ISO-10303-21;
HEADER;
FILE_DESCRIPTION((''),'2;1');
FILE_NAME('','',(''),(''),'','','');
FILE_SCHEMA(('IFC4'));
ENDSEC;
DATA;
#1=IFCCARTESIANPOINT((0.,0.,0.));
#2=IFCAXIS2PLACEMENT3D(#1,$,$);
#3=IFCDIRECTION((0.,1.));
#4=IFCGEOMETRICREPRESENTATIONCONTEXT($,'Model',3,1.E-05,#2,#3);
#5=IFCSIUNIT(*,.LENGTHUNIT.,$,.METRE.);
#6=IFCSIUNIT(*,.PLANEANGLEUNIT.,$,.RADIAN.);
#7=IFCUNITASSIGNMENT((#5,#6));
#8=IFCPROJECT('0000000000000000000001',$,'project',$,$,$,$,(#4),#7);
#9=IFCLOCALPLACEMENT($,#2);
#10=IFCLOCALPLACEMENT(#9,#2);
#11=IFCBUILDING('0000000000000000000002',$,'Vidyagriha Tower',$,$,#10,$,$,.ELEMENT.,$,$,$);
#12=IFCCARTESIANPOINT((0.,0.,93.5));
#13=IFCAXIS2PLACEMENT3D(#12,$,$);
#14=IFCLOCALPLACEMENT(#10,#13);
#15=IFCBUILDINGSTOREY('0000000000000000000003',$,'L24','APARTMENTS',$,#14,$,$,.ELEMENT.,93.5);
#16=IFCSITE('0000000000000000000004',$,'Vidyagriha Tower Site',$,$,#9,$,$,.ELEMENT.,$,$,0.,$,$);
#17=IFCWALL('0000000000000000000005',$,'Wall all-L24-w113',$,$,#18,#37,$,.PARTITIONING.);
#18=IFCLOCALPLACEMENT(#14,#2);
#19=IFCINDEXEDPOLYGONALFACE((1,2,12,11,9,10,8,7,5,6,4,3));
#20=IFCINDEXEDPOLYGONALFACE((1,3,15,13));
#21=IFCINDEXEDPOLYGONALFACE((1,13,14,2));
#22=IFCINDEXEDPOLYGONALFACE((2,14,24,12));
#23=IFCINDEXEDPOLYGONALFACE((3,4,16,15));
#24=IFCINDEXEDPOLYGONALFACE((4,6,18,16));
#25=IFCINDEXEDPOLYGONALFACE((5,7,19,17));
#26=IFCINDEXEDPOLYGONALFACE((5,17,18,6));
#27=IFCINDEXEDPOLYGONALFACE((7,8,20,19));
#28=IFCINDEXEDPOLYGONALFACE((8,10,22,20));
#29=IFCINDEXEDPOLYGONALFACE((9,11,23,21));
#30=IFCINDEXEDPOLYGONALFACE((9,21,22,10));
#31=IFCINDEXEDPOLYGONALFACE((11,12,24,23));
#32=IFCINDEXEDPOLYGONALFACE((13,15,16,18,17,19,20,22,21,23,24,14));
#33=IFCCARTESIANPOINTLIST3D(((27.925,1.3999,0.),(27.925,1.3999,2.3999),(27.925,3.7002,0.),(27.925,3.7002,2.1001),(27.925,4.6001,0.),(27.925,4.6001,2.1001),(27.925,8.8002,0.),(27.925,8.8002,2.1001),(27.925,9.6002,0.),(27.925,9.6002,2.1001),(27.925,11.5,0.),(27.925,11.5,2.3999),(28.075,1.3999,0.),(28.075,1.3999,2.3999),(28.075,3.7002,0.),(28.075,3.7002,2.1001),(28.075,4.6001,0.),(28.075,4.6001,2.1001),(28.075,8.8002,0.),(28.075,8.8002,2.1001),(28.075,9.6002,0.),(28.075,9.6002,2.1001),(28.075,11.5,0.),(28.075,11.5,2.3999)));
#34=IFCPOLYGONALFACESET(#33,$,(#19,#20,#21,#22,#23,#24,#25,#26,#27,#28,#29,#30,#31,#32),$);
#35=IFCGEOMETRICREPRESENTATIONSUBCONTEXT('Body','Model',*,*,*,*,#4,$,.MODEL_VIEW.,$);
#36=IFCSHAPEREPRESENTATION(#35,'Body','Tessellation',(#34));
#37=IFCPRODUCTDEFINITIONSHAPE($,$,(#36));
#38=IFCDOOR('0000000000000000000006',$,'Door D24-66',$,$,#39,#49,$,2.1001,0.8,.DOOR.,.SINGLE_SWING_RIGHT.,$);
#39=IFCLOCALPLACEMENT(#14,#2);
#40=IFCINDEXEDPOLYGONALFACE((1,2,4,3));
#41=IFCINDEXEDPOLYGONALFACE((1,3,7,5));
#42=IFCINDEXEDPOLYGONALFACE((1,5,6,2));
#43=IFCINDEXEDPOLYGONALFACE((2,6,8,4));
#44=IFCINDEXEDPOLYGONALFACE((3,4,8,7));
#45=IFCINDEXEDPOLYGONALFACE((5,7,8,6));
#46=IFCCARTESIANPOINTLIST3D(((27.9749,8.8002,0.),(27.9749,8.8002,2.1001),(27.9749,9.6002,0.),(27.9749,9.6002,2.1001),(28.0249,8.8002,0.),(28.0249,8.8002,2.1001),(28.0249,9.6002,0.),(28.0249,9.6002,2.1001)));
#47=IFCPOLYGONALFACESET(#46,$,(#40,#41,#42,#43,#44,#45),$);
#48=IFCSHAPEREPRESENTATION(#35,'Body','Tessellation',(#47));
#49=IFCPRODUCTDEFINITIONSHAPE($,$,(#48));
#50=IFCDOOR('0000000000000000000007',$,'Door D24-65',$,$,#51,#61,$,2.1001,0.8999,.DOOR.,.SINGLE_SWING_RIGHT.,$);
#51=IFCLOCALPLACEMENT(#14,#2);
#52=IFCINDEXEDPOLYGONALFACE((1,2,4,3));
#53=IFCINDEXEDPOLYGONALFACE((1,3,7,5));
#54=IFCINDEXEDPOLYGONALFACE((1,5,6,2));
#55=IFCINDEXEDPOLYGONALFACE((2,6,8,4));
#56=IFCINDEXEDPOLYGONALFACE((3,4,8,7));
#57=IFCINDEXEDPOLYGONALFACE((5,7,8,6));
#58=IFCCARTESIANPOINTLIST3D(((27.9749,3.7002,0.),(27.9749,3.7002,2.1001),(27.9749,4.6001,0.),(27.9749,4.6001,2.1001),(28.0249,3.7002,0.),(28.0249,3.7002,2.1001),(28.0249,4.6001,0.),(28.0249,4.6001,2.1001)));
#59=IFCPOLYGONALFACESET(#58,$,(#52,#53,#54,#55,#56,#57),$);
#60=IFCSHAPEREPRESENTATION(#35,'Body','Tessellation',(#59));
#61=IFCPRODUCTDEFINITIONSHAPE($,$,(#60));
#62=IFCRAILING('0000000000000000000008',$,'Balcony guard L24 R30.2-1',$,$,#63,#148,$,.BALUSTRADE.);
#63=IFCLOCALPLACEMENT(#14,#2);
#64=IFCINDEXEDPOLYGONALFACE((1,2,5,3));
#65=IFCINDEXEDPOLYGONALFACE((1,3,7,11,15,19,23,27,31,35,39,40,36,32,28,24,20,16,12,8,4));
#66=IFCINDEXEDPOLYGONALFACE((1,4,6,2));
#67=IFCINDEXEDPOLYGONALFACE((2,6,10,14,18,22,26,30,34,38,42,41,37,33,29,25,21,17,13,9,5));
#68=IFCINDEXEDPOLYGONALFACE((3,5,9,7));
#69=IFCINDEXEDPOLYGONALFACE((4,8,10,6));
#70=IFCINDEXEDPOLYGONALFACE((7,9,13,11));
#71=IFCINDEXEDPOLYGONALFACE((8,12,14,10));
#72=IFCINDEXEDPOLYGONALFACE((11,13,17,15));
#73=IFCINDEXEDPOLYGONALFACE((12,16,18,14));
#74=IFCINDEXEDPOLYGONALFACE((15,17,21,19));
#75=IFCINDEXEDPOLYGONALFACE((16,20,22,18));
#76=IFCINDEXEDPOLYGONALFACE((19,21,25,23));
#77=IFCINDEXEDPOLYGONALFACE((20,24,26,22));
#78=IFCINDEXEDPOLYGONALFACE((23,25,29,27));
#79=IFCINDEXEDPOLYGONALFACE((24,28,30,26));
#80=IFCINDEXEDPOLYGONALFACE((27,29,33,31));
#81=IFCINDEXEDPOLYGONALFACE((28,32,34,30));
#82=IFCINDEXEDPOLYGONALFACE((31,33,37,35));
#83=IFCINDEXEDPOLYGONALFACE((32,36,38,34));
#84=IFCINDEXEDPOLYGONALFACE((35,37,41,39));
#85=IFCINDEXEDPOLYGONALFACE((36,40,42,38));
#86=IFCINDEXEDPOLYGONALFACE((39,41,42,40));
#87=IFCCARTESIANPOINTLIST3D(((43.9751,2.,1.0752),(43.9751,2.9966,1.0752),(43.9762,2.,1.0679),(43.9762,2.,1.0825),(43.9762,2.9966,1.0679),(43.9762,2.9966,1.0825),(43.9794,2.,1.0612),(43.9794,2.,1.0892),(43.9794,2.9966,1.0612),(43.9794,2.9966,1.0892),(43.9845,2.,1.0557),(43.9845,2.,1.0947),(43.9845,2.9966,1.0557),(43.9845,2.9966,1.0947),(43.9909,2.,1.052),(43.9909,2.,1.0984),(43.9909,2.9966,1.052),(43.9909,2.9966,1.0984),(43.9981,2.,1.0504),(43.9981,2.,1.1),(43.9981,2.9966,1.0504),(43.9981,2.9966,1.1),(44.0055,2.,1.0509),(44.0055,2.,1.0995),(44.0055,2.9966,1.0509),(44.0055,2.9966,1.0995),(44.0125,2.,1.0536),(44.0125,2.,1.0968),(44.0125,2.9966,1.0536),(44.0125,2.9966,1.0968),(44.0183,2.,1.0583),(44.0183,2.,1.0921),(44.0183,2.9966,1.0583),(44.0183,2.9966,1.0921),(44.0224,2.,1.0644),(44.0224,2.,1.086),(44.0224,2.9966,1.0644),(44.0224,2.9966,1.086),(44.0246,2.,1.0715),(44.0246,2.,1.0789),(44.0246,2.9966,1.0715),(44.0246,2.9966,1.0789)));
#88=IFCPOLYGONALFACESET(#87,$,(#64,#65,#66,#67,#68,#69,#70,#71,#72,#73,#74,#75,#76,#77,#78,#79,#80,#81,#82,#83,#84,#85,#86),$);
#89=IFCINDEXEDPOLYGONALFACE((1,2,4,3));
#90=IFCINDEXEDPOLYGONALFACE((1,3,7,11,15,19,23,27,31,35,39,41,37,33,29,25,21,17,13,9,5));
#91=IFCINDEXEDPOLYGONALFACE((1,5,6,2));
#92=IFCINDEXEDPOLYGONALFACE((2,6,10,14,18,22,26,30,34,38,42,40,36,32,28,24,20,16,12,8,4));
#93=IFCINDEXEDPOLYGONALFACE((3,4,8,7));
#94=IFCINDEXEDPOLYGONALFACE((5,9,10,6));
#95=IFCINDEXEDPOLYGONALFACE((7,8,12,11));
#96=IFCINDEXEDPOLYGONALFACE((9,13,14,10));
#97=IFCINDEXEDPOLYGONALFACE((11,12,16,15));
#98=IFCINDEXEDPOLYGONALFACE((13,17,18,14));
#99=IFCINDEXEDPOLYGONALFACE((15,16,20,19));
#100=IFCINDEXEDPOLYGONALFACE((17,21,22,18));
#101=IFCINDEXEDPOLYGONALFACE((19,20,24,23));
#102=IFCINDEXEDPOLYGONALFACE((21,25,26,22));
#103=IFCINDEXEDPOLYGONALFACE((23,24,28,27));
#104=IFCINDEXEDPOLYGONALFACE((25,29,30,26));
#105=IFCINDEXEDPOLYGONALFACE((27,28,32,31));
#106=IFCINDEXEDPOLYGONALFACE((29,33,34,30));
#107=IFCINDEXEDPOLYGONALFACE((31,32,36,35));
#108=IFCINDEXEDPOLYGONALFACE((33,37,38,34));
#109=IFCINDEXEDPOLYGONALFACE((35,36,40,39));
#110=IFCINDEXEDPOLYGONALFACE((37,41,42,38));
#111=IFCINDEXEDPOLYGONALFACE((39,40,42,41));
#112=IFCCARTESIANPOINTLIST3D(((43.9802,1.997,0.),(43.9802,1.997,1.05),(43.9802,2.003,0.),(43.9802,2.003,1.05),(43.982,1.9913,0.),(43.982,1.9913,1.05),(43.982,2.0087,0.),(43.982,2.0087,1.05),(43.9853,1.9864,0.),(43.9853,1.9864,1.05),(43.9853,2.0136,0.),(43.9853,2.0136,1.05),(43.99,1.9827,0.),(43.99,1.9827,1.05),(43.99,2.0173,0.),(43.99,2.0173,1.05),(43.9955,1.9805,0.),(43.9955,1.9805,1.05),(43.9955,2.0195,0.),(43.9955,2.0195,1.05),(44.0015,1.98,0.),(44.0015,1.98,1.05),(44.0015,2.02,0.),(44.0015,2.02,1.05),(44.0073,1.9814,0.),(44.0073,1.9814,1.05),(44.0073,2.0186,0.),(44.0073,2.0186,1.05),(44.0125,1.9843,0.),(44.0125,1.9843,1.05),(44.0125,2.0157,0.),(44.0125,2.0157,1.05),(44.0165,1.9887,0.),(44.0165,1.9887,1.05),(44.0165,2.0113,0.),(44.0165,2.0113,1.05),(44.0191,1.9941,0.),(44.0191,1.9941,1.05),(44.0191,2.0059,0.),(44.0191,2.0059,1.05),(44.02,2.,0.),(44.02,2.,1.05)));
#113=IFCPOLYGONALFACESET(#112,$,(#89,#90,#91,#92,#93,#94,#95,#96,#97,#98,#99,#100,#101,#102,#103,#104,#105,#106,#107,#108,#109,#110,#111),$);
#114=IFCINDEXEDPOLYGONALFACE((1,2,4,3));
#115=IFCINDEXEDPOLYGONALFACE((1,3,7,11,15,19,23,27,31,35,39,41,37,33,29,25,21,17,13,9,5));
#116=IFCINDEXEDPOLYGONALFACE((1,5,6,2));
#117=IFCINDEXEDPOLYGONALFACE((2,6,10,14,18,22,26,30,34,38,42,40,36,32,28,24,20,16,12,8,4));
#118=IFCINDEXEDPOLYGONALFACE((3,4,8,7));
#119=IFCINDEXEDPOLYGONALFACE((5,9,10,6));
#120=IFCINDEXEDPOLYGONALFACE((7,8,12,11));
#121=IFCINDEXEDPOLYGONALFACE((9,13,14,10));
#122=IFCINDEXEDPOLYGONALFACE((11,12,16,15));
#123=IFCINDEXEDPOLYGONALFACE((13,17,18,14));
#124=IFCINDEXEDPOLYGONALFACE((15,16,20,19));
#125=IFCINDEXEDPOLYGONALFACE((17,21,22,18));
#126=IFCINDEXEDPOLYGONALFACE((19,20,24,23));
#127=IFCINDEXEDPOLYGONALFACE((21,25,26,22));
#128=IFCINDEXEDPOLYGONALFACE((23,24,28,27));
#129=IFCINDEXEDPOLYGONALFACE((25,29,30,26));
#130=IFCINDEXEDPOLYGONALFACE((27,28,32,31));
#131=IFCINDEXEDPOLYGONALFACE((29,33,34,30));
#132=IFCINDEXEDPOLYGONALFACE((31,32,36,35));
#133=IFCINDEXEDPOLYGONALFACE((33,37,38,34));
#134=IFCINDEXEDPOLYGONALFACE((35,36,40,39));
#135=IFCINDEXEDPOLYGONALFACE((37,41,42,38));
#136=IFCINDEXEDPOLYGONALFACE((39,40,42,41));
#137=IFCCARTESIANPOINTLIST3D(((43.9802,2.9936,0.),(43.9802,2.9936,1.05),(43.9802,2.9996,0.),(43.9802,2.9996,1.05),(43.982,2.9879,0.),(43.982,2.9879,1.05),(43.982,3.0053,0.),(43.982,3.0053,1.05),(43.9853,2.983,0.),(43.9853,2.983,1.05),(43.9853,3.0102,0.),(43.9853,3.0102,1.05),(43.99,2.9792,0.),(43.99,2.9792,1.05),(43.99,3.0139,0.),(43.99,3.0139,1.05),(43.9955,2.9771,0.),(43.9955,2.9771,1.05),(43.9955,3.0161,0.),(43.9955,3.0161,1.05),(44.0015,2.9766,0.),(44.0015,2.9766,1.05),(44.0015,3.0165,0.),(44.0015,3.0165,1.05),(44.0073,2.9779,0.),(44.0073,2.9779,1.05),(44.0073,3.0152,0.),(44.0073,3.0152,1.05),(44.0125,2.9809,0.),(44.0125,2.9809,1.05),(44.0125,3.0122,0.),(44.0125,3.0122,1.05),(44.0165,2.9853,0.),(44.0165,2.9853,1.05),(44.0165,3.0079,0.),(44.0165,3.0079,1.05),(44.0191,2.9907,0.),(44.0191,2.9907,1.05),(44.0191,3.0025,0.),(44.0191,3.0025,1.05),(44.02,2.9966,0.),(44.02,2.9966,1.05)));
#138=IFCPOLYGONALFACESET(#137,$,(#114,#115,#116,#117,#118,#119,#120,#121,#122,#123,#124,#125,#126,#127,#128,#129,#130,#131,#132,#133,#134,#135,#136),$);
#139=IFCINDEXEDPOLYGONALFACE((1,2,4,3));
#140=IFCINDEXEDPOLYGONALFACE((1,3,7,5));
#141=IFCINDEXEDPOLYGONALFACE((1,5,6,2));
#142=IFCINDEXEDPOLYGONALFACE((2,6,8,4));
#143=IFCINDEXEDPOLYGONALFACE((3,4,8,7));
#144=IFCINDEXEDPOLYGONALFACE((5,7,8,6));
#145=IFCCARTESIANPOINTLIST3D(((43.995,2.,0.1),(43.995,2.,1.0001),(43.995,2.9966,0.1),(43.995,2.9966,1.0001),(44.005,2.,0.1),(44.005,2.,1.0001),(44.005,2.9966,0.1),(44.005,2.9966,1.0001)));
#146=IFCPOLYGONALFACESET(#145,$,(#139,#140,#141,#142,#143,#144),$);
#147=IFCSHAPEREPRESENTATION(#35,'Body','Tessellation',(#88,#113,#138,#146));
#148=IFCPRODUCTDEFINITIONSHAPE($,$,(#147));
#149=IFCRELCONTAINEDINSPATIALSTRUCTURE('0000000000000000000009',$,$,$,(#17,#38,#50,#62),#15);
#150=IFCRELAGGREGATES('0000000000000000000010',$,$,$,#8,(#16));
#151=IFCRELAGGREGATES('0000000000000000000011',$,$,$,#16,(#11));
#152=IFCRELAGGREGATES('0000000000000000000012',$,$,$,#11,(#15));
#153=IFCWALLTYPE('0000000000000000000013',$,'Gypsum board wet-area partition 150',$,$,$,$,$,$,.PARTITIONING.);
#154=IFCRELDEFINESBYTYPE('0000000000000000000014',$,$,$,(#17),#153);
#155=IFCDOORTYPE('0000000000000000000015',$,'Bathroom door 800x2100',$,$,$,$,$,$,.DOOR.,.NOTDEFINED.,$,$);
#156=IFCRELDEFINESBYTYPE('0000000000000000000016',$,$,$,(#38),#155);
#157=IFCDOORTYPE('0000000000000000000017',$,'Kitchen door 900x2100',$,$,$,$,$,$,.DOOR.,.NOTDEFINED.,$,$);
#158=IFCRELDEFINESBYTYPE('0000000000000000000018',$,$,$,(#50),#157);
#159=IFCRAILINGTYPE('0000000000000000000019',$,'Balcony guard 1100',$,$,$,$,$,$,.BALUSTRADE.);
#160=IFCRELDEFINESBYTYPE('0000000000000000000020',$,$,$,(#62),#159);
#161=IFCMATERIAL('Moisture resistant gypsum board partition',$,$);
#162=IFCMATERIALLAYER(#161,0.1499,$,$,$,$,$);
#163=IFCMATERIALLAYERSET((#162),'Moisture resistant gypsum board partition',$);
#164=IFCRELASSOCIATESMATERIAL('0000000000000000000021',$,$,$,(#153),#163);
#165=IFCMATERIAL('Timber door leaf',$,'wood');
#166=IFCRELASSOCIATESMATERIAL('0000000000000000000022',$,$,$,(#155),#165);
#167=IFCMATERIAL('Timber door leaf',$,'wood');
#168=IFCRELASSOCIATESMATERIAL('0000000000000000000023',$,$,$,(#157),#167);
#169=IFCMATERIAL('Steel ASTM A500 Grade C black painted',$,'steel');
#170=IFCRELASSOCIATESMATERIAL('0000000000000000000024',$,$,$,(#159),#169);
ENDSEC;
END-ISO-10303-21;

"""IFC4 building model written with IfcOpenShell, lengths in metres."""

from ifc_helpers import new_model, si_unit, direction, frame, frame_2d, origin, origin_2d, place, context, subcontext, project, spatial, rectangle, circle, extrude, material, layer, layer_set, type_object, element, fill, save


model = new_model("IFC4")

# Units and contexts
model_context = context("Model", 3, precision=1e-05, world=origin(), true_north=direction((0.0, 1.0)))
body_context = subcontext(model_context, "Body", "Model", "MODEL_VIEW")
ifc_project = project(units=[si_unit("LENGTHUNIT", "METRE"), si_unit("PLANEANGLEUNIT", "RADIAN")], contexts=[model_context])

# Site, building, storey
site_placement = place(None, origin())
site = spatial("IfcSite", under=ifc_project, at=site_placement, Name="Vidyagriha Tower Site", CompositionType="ELEMENT", RefElevation=0.0)
building_placement = place(site_placement, origin())
building = spatial("IfcBuilding", under=site, at=building_placement, Name="Vidyagriha Tower", CompositionType="ELEMENT")
storey_placement = place(building_placement, frame((0.0, 0.0, 93.5)))
storey = spatial("IfcBuildingStorey", under=building, at=storey_placement, Name="L24", Description="APARTMENTS", CompositionType="ELEMENT", Elevation=93.5)

# Wall, openings, doors
ifc_material_1 = material(Name="Moisture resistant gypsum board partition")
ifc_layer_1 = layer(ifc_material_1, 0.1499)
ifc_layer_set_1 = layer_set([ifc_layer_1], Name="Moisture resistant gypsum board partition")
wall_type_1 = type_object("IfcWallType", Name="Gypsum board wet-area partition 150", PredefinedType="PARTITIONING", material=ifc_layer_set_1)
wall_1_placement = place(storey_placement, frame((28.0, 11.5, 0.0), z_axis=(0.0, 0.0, 1.0), x_axis=(0.0, -1.0, 0.0)))
wall_1 = element("IfcWall", 1, at=wall_1_placement, inside=storey, type_object=wall_type_1, Name="Wall all-L24-w113", PredefinedType="PARTITIONING", context=body_context, shape_type="SweptSolid", body=[
    extrude(rectangle(XDim=10.1001, YDim=0.1499, at=frame_2d((5.05, 0.0))), origin(), (0.0, 0.0, 1.0), 2.3999),
])
opening_1_placement = place(wall_1_placement, frame((6.8999, 0.0, 0.0)))
opening_1 = element("IfcOpeningElement", 2, at=opening_1_placement, cuts=wall_1, PredefinedType="OPENING", context=body_context, shape_type="SweptSolid", body=[
    extrude(rectangle(XDim=0.8999, YDim=2.1001, at=frame_2d((0.45, 1.05))), frame((0.0, 0.085, 0.0), z_axis=(0.0, -1.0, 0.0), x_axis=(1.0, 0.0, 0.0)), (0.0, 0.0, 1.0), 0.1699),
])
opening_2_placement = place(wall_1_placement, frame((1.8999, 0.0, 0.0)))
opening_2 = element("IfcOpeningElement", 3, at=opening_2_placement, cuts=wall_1, PredefinedType="OPENING", context=body_context, shape_type="SweptSolid", body=[
    extrude(rectangle(XDim=0.8, YDim=2.1001, at=frame_2d((0.3999, 1.05))), frame((0.0, 0.085, 0.0), z_axis=(0.0, -1.0, 0.0), x_axis=(1.0, 0.0, 0.0)), (0.0, 0.0, 1.0), 0.1699),
])
ifc_material_2 = material(Name="Timber door leaf", Category="wood")
door_type_1 = type_object("IfcDoorType", Name="Bathroom door 800x2100", OperationType="NOTDEFINED", PredefinedType="DOOR", material=ifc_material_2)
door_1_placement = place(opening_2_placement, origin())
door_1 = element("IfcDoor", 4, at=door_1_placement, inside=storey, type_object=door_type_1, Name="Door D24-66", OperationType="SINGLE_SWING_RIGHT", OverallHeight=2.1001, OverallWidth=0.8, PredefinedType="DOOR", context=body_context, shape_type="SweptSolid", body=[
    extrude(rectangle(XDim=0.8, YDim=2.1001, at=frame_2d((0.3999, 1.05))), frame((0.0, 0.0249, 0.0), z_axis=(0.0, -1.0, 0.0), x_axis=(1.0, 0.0, 0.0)), (0.0, 0.0, 1.0), 0.05),
])
fill(opening_2, door_1)
ifc_material_3 = material(Name="Timber door leaf", Category="wood")
door_type_2 = type_object("IfcDoorType", Name="Kitchen door 900x2100", OperationType="NOTDEFINED", PredefinedType="DOOR", material=ifc_material_3)
door_2_placement = place(opening_1_placement, origin())
door_2 = element("IfcDoor", 5, at=door_2_placement, inside=storey, type_object=door_type_2, Name="Door D24-65", OperationType="SINGLE_SWING_RIGHT", OverallHeight=2.1001, OverallWidth=0.8999, PredefinedType="DOOR", context=body_context, shape_type="SweptSolid", body=[
    extrude(rectangle(XDim=0.8999, YDim=2.1001, at=frame_2d((0.45, 1.05))), frame((0.0, 0.0249, 0.0), z_axis=(0.0, -1.0, 0.0), x_axis=(1.0, 0.0, 0.0)), (0.0, 0.0, 1.0), 0.05),
])
fill(opening_1, door_2)

# Railing
ifc_material_4 = material(Name="Steel ASTM A500 Grade C black painted", Category="steel")
railing_type_1 = type_object("IfcRailingType", Name="Balcony guard 1100", PredefinedType="BALUSTRADE", material=ifc_material_4)
railing_1_placement = place(storey_placement, frame((44.0, 2.0, 0.0)))
element("IfcRailing", 6, at=railing_1_placement, inside=storey, type_object=railing_type_1, Name="Balcony guard L24 R30.2-1", PredefinedType="BALUSTRADE", context=body_context, shape_type="SweptSolid", body=[
    extrude(circle(Radius=0.0249, at=origin_2d()), frame((0.0, 0.0, 1.0752), z_axis=(0.0, 1.0, 0.0), x_axis=(-1.0, 0.0, 0.0)), (0.0, 0.0, 1.0), 0.9966),
    extrude(circle(Radius=0.02, at=origin_2d()), origin(), (0.0, 0.0, 1.0), 1.05),
    extrude(circle(Radius=0.02, at=origin_2d()), frame((0.0, 0.9966, 0.0)), (0.0, 0.0, 1.0), 1.05),
    extrude(rectangle(XDim=0.01, YDim=0.9001, at=origin_2d()), frame((0.0, 0.0, 0.55), z_axis=(0.0, 1.0, 0.0), x_axis=(-1.0, 0.0, 0.0)), (0.0, 0.0, 1.0), 0.9966),
])

save(model, "model.ifc")
